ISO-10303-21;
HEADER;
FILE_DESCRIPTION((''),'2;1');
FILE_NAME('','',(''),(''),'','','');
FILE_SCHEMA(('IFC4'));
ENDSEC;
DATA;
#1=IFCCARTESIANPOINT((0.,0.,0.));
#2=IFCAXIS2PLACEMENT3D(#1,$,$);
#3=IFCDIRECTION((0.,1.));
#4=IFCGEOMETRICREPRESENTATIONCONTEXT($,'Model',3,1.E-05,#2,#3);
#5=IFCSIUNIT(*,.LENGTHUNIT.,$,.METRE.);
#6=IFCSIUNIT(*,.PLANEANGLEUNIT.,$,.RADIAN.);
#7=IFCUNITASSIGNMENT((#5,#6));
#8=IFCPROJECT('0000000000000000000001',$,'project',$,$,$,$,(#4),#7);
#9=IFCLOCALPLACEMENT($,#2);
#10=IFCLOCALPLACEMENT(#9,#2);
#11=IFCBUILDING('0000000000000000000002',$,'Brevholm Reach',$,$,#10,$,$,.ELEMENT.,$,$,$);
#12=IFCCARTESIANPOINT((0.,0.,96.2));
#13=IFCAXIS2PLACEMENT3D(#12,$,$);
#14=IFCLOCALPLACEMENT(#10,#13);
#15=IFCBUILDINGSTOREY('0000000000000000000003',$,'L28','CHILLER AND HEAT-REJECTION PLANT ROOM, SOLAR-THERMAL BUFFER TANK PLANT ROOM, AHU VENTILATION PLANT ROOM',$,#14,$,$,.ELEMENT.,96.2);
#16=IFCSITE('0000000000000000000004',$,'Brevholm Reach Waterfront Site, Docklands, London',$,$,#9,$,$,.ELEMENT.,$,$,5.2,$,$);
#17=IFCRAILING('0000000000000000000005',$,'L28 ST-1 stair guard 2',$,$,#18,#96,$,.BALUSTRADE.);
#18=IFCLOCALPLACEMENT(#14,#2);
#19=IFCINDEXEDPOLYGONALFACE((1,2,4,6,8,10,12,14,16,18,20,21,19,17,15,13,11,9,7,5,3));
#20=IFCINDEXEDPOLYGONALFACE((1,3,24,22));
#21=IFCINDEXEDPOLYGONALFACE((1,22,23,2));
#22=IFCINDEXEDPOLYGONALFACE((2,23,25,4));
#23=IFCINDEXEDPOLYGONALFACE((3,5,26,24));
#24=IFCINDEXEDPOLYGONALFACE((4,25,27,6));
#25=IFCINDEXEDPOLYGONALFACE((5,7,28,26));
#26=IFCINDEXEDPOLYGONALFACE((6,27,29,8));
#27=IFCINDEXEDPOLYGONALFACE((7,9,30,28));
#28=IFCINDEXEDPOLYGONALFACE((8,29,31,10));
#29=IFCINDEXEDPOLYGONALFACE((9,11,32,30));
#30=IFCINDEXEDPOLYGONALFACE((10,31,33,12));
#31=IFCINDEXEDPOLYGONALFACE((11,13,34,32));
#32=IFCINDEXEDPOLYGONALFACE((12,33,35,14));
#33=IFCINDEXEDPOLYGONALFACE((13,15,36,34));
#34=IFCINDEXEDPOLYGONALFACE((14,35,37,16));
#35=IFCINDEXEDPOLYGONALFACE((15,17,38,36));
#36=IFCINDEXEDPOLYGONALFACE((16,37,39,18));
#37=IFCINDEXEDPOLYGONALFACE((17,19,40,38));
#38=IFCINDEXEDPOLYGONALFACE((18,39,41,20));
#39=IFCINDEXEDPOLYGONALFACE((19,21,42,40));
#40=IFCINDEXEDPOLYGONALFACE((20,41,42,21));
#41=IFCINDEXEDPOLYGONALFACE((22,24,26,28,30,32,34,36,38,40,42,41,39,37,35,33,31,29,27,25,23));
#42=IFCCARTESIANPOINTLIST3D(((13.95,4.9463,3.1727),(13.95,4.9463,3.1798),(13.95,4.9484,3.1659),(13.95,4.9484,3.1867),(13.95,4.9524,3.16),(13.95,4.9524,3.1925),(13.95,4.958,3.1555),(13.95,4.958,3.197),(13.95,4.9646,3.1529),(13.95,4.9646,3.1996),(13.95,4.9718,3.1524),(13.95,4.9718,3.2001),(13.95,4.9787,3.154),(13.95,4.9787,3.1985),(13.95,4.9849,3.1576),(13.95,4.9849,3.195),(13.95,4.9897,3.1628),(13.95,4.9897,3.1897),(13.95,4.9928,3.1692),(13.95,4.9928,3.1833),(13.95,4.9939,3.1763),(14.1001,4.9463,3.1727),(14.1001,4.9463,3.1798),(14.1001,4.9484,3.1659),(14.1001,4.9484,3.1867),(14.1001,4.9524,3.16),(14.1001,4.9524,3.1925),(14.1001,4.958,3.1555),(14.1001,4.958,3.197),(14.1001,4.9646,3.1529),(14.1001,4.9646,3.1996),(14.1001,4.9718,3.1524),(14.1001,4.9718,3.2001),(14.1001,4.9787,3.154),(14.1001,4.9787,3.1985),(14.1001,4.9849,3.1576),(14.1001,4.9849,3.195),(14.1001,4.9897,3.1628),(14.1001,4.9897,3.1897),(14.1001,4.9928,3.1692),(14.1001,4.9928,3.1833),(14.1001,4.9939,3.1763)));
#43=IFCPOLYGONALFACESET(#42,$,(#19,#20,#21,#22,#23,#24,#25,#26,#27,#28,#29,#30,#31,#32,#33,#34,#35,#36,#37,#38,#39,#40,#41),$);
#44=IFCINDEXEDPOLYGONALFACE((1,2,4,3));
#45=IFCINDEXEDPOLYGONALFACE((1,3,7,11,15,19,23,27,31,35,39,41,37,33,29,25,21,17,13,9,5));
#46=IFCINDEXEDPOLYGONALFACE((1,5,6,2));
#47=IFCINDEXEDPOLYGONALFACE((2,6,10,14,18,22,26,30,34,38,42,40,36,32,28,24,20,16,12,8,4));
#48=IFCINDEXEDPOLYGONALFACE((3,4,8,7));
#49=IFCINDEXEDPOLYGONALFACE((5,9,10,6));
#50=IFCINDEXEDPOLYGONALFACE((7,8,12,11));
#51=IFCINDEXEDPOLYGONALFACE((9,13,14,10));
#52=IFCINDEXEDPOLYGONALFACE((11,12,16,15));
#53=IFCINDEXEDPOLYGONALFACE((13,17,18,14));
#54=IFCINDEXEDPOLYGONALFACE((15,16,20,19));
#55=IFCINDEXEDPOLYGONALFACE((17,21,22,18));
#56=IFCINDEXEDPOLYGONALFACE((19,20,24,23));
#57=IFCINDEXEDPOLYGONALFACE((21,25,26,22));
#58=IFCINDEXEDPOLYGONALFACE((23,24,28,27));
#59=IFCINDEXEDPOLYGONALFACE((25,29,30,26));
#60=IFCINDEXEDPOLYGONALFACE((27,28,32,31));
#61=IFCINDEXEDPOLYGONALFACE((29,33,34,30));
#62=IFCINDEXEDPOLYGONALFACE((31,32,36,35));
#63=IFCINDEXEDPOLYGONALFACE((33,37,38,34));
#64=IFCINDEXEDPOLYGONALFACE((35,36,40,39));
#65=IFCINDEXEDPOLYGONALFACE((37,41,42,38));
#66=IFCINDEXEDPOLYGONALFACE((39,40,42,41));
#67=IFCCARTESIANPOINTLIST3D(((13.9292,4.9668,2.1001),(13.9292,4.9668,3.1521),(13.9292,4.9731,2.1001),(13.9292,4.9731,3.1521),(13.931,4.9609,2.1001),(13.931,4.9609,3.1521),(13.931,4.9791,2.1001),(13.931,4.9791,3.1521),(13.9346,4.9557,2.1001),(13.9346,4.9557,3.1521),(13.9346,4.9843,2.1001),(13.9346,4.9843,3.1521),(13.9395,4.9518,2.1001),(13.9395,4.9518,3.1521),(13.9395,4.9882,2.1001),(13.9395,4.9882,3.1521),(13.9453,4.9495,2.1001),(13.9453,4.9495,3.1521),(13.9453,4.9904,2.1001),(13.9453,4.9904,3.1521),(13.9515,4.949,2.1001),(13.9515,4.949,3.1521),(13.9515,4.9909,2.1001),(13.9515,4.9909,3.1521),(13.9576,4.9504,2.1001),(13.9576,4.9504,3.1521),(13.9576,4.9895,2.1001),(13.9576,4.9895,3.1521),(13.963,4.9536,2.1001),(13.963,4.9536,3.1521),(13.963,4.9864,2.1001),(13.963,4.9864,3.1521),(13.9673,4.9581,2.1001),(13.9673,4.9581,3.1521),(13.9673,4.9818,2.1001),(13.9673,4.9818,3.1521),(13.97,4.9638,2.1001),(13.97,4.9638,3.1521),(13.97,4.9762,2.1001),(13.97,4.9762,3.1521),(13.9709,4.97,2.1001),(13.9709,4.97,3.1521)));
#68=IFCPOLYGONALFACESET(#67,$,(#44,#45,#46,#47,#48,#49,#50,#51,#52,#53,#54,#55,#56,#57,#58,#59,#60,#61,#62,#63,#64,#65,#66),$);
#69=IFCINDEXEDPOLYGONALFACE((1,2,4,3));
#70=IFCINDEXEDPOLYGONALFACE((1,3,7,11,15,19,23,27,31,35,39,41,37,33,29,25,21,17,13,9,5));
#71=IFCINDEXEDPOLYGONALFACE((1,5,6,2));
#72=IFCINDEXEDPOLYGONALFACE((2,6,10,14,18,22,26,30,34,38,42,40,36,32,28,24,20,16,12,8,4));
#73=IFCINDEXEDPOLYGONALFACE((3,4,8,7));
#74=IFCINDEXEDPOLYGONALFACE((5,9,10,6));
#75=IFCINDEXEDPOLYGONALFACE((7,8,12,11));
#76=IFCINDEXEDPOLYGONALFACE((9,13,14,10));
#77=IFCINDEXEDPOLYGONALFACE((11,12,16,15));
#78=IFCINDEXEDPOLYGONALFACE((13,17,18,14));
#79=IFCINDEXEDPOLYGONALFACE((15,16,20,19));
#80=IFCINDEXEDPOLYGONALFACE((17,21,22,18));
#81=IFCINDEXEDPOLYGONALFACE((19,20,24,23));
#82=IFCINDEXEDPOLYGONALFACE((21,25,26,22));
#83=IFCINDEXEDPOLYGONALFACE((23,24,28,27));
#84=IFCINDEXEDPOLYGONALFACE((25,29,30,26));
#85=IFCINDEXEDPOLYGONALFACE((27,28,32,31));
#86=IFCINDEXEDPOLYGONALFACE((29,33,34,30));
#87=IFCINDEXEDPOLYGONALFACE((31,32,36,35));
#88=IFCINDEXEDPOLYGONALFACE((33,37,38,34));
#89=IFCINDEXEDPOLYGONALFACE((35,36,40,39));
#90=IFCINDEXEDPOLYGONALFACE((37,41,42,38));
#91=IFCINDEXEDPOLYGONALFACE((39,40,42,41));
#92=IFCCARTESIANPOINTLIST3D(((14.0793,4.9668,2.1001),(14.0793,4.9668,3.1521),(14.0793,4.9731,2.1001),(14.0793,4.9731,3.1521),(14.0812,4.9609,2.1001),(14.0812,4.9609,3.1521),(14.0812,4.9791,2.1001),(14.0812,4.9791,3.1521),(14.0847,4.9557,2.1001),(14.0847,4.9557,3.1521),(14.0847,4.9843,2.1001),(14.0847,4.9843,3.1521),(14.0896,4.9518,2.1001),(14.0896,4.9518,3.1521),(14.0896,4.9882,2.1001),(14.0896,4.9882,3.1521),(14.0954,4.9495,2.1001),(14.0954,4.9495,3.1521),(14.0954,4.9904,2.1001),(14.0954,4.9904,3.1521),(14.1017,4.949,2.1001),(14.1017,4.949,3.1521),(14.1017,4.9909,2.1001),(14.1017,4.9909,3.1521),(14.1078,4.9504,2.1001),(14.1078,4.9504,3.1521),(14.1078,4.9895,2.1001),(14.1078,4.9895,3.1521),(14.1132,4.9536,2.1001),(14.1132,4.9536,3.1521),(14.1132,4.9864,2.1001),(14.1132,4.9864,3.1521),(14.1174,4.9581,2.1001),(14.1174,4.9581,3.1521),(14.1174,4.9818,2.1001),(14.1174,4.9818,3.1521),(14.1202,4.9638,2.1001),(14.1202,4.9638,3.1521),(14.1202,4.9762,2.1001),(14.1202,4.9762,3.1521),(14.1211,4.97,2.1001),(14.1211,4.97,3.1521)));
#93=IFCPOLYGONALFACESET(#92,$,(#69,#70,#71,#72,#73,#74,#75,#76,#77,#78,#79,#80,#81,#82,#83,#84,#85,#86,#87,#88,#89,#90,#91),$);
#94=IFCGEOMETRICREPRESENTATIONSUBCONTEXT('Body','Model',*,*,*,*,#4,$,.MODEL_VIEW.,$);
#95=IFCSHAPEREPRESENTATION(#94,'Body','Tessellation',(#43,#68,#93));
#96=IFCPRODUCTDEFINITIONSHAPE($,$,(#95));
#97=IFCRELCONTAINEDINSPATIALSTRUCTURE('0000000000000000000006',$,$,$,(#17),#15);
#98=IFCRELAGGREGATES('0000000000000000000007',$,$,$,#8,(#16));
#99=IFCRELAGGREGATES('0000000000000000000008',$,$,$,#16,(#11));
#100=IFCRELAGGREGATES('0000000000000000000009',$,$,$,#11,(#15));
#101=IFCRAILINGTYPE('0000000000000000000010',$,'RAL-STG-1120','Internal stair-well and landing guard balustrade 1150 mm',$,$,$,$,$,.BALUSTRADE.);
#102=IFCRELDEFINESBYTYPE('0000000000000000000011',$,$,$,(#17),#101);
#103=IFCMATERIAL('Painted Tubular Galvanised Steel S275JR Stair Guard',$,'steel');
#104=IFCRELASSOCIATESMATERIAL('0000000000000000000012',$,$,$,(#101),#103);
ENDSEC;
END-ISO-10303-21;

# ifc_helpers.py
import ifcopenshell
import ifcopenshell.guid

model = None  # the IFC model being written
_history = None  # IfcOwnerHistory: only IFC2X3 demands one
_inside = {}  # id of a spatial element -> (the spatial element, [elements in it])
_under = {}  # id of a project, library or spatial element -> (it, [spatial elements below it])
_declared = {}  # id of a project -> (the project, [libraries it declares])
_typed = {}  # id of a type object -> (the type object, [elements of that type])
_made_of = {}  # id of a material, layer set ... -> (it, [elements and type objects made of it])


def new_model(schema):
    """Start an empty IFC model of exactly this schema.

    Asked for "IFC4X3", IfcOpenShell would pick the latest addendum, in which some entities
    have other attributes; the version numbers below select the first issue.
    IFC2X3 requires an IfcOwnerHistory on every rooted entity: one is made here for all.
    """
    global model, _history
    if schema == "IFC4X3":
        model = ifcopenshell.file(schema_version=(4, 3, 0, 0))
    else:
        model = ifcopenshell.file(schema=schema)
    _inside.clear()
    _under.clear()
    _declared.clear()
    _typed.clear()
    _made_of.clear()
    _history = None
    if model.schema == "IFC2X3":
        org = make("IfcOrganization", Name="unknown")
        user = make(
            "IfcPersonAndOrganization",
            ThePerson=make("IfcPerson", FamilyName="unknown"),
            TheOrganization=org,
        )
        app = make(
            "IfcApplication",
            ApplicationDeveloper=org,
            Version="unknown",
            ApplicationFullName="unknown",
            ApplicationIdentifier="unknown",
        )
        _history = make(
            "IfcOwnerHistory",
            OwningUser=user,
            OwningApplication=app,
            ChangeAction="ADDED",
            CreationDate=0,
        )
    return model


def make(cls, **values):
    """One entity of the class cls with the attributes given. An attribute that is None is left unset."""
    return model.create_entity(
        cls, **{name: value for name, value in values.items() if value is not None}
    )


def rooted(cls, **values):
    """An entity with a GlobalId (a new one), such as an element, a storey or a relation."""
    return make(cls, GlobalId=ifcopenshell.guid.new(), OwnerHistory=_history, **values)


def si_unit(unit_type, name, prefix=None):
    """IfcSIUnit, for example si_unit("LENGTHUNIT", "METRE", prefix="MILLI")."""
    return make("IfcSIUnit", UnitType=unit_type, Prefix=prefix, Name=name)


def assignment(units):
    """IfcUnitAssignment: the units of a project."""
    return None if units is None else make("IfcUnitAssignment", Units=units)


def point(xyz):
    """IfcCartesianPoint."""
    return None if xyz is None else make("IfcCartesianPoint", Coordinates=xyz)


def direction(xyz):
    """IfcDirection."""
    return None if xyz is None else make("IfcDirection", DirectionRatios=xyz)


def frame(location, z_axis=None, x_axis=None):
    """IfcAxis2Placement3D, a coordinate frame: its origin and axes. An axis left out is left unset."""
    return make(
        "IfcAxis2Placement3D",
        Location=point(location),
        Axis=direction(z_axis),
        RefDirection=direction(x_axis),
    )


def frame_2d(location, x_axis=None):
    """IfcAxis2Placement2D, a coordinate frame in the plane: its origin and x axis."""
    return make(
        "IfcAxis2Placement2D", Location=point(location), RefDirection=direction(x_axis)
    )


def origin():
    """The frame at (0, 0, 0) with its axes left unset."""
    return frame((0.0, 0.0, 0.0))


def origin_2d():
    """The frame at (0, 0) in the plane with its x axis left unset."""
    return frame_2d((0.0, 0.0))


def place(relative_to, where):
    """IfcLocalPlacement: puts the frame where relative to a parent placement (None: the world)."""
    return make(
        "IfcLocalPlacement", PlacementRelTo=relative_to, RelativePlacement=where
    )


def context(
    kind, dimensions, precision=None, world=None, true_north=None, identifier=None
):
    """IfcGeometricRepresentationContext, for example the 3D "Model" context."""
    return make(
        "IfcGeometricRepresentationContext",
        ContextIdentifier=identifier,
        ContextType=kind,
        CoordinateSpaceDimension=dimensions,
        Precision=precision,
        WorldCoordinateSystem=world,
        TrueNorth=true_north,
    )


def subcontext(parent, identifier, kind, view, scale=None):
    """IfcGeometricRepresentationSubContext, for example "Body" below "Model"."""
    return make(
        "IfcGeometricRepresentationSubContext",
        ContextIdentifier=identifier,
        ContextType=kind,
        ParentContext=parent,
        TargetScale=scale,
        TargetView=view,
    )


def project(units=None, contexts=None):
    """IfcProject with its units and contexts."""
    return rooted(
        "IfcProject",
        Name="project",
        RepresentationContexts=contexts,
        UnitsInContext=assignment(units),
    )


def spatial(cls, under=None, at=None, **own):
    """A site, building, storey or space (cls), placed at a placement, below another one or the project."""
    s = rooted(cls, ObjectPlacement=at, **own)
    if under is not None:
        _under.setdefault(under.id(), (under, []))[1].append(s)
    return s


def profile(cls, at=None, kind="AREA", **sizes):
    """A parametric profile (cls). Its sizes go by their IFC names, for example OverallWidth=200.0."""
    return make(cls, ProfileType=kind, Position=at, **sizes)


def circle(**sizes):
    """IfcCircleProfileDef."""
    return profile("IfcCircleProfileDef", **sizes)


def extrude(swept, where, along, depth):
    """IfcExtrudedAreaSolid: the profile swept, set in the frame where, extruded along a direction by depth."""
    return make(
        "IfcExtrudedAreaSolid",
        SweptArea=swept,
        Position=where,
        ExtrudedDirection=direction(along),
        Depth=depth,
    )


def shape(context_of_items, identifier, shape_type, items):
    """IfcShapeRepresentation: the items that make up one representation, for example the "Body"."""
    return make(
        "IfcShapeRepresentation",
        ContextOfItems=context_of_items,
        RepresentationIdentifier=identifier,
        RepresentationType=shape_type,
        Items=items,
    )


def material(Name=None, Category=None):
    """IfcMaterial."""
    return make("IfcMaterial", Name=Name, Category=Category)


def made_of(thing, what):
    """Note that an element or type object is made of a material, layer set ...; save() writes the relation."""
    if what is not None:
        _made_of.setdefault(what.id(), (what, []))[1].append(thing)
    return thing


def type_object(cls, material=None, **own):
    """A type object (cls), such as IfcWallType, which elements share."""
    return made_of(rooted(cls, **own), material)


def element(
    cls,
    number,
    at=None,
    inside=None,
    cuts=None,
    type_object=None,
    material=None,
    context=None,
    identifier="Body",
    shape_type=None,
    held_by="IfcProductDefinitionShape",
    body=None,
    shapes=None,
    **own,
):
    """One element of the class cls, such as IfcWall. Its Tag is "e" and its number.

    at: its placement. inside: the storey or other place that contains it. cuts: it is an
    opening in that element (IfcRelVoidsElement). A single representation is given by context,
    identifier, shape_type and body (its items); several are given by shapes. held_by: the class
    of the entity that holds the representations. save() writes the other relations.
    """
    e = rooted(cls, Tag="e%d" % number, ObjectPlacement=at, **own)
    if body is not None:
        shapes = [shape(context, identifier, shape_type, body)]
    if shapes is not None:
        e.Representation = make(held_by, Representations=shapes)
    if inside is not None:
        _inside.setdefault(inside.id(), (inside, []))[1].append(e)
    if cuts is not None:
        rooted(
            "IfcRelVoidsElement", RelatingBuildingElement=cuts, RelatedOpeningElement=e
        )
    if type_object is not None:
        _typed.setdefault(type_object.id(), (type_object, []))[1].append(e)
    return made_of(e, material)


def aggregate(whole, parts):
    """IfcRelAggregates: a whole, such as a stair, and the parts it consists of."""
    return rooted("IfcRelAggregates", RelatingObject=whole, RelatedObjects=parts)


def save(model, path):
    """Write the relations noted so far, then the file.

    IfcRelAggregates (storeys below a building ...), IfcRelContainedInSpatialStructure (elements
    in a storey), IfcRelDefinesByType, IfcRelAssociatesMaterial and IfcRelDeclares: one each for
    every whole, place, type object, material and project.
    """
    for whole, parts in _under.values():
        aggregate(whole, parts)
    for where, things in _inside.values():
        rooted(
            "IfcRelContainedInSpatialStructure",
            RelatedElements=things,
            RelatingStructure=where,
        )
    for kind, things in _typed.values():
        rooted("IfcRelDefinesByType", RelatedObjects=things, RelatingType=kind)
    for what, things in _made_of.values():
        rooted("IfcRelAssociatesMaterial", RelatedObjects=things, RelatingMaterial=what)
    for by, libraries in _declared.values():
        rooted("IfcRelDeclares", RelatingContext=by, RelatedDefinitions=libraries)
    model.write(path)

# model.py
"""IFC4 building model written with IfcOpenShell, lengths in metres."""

from ifc_helpers import new_model, si_unit, direction, frame, origin, origin_2d, place, context, subcontext, project, spatial, circle, extrude, material, type_object, element, save


model = new_model("IFC4")

# Units and contexts
model_context = context("Model", 3, precision=1e-05, world=origin(), true_north=direction((0.0, 1.0)))
body_context = subcontext(model_context, "Body", "Model", "MODEL_VIEW")
ifc_project = project(units=[si_unit("LENGTHUNIT", "METRE"), si_unit("PLANEANGLEUNIT", "RADIAN")], contexts=[model_context])

# Site, building, storey
site_placement = place(None, origin())
site = spatial("IfcSite", under=ifc_project, at=site_placement, Name="Brevholm Reach Waterfront Site, Docklands, London", CompositionType="ELEMENT", RefElevation=5.2)
building_placement = place(site_placement, origin())
building = spatial("IfcBuilding", under=site, at=building_placement, Name="Brevholm Reach", CompositionType="ELEMENT")
storey_placement = place(building_placement, frame((0.0, 0.0, 96.2)))
storey = spatial("IfcBuildingStorey", under=building, at=storey_placement, Name="L28", Description="CHILLER AND HEAT-REJECTION PLANT ROOM, SOLAR-THERMAL BUFFER TANK PLANT ROOM, AHU VENTILATION PLANT ROOM", CompositionType="ELEMENT", Elevation=96.2)

# Railing
ifc_material_1 = material(Name="Painted Tubular Galvanised Steel S275JR Stair Guard", Category="steel")
railing_type_1 = type_object("IfcRailingType", Name="RAL-STG-1120", Description="Internal stair-well and landing guard balustrade 1150 mm", PredefinedType="BALUSTRADE", material=ifc_material_1)
railing_1_placement = place(storey_placement, frame((13.95, 4.97, 2.1001)))
element("IfcRailing", 1, at=railing_1_placement, inside=storey, type_object=railing_type_1, Name="L28 ST-1 stair guard 2", PredefinedType="BALUSTRADE", context=body_context, shape_type="SweptSolid", body=[
    extrude(circle(Radius=0.0239, at=origin_2d()), frame((0.0, 0.0, 1.0762), z_axis=(1.0, 0.0, 0.0), x_axis=(0.0, 1.0, 0.0)), (0.0, 0.0, 1.0), 0.1501),
    extrude(circle(Radius=0.021, at=origin_2d()), origin(), (0.0, 0.0, 1.0), 1.052),
    extrude(circle(Radius=0.021, at=origin_2d()), frame((0.1501, 0.0, 0.0)), (0.0, 0.0, 1.0), 1.052),
])

save(model, "model.ifc")
